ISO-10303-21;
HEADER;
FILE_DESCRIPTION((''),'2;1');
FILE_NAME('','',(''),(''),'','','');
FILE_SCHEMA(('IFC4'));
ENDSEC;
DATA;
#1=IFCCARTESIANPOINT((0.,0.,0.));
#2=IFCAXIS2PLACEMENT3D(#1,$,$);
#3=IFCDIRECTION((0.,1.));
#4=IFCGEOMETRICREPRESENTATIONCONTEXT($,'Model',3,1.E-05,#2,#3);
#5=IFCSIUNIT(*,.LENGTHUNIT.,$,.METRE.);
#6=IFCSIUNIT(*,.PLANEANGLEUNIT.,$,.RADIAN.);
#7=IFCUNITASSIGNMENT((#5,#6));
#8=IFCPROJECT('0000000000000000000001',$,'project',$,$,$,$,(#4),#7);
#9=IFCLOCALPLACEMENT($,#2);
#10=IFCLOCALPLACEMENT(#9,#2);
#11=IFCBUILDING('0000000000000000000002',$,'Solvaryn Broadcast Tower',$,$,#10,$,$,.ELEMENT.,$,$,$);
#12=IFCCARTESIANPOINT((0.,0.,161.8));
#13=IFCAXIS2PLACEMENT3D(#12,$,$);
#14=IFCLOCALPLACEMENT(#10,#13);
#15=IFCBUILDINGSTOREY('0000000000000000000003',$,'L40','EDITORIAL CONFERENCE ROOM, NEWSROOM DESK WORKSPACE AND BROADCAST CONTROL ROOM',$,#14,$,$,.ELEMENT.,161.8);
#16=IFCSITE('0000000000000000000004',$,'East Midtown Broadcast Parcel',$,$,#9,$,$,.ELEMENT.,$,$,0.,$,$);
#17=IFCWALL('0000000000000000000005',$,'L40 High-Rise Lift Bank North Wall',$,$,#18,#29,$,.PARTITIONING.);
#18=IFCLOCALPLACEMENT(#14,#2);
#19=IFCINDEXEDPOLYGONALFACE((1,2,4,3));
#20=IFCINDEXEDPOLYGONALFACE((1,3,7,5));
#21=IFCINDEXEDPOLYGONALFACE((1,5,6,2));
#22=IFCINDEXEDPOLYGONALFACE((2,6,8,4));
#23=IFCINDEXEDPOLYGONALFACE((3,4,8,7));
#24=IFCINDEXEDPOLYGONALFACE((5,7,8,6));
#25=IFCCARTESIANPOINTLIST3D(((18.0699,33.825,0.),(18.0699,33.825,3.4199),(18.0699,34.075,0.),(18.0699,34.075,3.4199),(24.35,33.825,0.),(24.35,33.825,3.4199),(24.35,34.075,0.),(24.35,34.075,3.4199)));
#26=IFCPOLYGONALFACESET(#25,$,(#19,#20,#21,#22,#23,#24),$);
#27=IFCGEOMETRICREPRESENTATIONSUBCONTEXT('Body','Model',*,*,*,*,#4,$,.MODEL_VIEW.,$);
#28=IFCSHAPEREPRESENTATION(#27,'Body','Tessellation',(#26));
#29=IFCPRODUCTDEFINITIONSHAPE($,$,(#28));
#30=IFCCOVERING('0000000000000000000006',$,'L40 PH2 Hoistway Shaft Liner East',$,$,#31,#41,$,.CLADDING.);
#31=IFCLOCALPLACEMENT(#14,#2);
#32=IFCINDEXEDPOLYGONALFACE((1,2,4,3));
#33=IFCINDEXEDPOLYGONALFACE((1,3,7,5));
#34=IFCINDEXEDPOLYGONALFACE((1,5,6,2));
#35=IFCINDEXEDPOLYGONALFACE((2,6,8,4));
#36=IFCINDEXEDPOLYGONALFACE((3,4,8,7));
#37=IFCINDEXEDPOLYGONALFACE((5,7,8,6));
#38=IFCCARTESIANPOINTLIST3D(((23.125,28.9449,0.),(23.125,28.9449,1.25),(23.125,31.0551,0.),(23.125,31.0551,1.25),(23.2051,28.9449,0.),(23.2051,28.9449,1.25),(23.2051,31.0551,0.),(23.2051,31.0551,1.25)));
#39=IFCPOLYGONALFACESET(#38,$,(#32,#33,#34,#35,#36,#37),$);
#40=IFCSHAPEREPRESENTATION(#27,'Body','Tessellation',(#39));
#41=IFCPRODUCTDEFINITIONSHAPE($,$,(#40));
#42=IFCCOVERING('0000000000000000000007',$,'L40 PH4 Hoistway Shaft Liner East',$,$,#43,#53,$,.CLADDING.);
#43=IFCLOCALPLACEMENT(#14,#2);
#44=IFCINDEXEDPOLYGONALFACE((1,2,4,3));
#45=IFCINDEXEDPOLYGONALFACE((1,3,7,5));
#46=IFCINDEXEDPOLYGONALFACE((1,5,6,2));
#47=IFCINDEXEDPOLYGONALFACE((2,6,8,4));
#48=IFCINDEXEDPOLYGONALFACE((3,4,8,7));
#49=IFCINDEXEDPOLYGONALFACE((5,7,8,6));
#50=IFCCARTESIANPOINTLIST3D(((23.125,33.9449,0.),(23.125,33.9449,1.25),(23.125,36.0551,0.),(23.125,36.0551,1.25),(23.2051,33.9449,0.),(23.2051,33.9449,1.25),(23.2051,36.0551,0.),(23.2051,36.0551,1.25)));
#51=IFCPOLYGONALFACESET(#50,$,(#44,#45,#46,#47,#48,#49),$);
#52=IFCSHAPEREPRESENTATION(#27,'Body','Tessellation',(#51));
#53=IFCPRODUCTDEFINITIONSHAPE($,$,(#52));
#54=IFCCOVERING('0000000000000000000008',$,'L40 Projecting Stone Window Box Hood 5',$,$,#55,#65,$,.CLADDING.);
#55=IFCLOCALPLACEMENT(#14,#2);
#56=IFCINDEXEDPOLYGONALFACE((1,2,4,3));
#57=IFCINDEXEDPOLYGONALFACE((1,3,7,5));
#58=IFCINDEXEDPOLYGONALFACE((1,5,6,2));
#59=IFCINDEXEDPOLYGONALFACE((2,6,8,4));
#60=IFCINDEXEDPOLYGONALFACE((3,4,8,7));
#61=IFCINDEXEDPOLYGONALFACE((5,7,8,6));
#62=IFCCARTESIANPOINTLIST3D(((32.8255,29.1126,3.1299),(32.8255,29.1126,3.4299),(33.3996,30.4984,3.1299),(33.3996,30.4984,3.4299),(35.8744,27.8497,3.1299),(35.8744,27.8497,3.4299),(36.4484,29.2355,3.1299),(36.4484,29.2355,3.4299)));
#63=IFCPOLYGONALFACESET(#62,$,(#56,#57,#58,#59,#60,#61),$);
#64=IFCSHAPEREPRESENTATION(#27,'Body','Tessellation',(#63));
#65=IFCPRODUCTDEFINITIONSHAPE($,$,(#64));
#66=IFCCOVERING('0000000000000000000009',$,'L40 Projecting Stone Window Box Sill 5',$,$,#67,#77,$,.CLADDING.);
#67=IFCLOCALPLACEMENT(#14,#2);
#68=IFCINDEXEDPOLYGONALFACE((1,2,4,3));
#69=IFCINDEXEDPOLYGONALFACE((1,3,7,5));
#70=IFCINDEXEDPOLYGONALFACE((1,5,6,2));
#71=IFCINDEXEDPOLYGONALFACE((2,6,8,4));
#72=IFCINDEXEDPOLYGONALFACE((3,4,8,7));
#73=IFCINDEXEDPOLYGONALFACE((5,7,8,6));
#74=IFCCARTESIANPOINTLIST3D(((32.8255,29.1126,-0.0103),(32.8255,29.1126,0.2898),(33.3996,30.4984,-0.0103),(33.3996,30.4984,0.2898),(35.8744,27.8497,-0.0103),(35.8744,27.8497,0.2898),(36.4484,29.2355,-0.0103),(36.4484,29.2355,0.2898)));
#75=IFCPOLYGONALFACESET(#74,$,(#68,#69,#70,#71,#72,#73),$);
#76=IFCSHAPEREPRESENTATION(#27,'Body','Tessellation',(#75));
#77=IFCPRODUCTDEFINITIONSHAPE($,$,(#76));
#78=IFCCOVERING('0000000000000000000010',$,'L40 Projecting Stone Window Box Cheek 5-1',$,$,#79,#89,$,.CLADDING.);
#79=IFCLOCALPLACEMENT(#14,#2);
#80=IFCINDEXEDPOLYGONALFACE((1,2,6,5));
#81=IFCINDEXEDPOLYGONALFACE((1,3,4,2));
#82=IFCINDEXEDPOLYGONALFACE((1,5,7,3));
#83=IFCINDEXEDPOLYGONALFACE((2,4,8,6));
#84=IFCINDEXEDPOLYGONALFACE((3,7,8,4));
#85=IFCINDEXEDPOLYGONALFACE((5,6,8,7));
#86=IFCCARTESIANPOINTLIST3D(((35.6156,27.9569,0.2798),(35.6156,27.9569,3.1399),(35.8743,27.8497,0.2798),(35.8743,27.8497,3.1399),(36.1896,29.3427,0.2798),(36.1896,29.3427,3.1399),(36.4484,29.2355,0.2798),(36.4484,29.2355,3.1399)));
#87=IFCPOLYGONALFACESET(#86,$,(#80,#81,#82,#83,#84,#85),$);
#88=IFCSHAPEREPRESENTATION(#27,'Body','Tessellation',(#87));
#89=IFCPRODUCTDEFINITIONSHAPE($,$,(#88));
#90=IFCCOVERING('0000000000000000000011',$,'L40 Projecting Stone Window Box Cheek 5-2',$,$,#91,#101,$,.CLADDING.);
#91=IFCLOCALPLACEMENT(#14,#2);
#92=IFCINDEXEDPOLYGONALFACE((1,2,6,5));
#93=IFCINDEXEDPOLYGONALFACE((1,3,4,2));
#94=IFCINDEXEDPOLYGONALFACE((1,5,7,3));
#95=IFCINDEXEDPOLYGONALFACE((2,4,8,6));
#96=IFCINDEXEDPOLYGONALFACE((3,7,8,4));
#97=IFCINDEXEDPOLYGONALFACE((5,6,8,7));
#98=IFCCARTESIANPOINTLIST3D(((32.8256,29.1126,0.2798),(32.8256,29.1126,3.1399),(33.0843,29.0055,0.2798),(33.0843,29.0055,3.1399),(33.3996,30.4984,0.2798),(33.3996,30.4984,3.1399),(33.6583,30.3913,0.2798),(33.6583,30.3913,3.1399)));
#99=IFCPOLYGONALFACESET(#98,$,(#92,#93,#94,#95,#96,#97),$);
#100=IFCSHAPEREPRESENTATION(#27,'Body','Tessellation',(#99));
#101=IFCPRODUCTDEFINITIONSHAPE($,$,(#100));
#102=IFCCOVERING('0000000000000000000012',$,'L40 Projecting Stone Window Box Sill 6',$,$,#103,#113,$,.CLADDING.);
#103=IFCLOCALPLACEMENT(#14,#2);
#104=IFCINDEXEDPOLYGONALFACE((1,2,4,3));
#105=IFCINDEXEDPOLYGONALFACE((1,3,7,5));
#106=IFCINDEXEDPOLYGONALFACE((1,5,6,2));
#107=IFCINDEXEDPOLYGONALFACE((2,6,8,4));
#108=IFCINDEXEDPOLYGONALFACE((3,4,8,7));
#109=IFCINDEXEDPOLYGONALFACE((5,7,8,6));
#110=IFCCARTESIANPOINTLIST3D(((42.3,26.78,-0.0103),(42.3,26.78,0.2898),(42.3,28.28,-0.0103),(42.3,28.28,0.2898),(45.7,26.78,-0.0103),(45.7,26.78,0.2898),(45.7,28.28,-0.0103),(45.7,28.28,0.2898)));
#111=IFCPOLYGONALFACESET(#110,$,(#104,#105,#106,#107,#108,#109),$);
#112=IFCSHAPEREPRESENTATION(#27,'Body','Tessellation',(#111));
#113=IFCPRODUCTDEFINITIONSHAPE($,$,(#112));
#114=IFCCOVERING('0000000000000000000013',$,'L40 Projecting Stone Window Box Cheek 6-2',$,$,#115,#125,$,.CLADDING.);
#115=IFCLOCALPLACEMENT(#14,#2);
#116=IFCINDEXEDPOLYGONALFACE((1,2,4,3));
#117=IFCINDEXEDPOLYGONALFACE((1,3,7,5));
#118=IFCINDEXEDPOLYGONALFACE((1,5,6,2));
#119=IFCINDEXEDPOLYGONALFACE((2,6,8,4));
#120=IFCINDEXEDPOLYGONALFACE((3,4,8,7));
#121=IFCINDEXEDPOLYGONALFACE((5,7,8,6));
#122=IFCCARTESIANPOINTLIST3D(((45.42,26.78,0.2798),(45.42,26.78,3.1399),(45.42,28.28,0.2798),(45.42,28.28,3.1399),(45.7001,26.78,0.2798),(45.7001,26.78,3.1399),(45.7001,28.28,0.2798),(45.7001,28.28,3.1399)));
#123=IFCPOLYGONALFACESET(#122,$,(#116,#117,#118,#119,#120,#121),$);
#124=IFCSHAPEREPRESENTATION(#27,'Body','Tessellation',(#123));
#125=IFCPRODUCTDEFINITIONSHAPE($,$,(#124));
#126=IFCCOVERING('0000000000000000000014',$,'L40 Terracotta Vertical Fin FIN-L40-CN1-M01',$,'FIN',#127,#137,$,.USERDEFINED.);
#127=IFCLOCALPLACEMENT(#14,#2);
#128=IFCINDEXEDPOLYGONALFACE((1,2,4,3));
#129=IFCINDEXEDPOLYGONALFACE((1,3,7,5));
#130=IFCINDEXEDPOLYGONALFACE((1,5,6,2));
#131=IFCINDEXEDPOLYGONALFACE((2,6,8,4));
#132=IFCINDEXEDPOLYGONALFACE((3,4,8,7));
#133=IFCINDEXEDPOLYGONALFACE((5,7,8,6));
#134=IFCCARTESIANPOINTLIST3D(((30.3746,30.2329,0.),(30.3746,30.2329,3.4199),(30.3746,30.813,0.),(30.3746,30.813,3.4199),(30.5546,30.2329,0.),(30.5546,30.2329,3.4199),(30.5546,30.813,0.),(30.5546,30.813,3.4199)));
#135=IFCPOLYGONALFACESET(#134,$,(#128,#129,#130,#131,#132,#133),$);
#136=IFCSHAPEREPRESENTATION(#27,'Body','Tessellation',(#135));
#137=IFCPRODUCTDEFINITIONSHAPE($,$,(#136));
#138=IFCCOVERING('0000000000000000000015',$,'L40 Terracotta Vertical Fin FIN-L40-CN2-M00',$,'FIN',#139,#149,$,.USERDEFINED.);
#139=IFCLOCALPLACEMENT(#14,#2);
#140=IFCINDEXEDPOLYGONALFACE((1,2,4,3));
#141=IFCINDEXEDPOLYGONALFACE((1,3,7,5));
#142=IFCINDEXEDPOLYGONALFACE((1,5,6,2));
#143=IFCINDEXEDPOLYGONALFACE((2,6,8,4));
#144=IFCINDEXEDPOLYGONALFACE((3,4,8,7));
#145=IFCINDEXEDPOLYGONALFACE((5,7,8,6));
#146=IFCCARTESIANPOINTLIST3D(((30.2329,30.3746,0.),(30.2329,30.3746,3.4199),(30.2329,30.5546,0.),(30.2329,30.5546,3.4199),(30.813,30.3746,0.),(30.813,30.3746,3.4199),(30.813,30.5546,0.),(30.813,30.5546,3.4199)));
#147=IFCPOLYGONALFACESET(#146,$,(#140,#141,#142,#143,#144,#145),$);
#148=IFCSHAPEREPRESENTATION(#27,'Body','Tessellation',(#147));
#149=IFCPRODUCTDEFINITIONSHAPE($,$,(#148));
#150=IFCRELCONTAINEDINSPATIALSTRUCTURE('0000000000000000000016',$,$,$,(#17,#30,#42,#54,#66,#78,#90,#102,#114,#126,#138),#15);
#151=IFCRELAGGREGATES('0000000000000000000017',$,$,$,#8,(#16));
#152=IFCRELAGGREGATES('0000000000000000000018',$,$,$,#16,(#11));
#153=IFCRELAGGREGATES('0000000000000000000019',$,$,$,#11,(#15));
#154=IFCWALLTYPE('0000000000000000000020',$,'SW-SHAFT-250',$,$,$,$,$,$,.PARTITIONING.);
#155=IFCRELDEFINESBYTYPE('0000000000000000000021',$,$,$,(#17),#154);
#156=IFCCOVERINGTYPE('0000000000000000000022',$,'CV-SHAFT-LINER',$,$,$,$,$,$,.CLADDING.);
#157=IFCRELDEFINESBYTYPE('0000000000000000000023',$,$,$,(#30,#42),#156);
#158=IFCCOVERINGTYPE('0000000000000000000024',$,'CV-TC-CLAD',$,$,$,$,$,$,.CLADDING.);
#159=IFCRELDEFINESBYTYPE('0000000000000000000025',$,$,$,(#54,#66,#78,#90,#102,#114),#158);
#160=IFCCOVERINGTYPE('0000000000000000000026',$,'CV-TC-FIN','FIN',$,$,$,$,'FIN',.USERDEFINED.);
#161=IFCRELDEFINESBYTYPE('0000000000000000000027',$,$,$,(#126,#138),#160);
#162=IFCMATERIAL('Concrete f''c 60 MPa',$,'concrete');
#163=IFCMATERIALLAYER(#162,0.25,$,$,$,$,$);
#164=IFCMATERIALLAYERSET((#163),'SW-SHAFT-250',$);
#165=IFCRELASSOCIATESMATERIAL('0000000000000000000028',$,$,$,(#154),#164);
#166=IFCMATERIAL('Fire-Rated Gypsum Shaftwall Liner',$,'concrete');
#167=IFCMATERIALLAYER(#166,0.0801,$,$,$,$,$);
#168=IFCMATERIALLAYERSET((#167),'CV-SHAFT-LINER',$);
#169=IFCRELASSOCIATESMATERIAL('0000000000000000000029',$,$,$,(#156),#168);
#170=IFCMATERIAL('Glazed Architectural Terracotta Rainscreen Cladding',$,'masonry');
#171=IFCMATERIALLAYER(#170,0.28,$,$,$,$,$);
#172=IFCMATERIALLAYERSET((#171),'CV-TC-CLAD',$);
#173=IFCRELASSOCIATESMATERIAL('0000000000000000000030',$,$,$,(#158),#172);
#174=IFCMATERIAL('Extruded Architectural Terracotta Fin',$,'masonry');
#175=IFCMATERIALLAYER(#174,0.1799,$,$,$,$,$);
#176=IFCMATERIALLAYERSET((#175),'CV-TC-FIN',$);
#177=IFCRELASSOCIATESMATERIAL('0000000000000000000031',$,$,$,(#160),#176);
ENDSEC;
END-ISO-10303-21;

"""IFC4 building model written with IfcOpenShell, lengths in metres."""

from ifc_helpers import new_model, si_unit, direction, frame, frame_2d, origin, origin_2d, place, context, subcontext, project, spatial, rectangle, extrude, material, layer, layer_set, type_object, element, save


model = new_model("IFC4")

# Units and contexts
model_context = context("Model", 3, precision=1e-05, world=origin(), true_north=direction((0.0, 1.0)))
body_context = subcontext(model_context, "Body", "Model", "MODEL_VIEW")
ifc_project = project(units=[si_unit("LENGTHUNIT", "METRE"), si_unit("PLANEANGLEUNIT", "RADIAN")], contexts=[model_context])

# Site, building, storey
site_placement = place(None, origin())
site = spatial("IfcSite", under=ifc_project, at=site_placement, Name="East Midtown Broadcast Parcel", CompositionType="ELEMENT", RefElevation=0.0)
building_placement = place(site_placement, origin())
building = spatial("IfcBuilding", under=site, at=building_placement, Name="Solvaryn Broadcast Tower", CompositionType="ELEMENT")
storey_placement = place(building_placement, frame((0.0, 0.0, 161.8)))
storey = spatial("IfcBuildingStorey", under=building, at=storey_placement, Name="L40", Description="EDITORIAL CONFERENCE ROOM, NEWSROOM DESK WORKSPACE AND BROADCAST CONTROL ROOM", CompositionType="ELEMENT", Elevation=161.8)

# Wall
ifc_material_1 = material(Name="Concrete f'c 60 MPa", Category="concrete")
ifc_layer_1 = layer(ifc_material_1, 0.25)
ifc_layer_set_1 = layer_set([ifc_layer_1], Name="SW-SHAFT-250")
wall_type_1 = type_object("IfcWallType", Name="SW-SHAFT-250", PredefinedType="PARTITIONING", material=ifc_layer_set_1)
wall_1_placement = place(storey_placement, frame((24.3501, 33.95, 0.0), z_axis=(0.0, 0.0, 1.0), x_axis=(-1.0, 0.0, 0.0)))
element("IfcWall", 1, at=wall_1_placement, inside=storey, type_object=wall_type_1, Name="L40 High-Rise Lift Bank North Wall", PredefinedType="PARTITIONING", context=body_context, shape_type="SweptSolid", body=[
    extrude(rectangle(XDim=6.28, YDim=0.25, at=frame_2d((3.1401, 0.0))), origin(), (0.0, 0.0, 1.0), 3.4199),
])

# Coverings
ifc_material_2 = material(Name="Fire-Rated Gypsum Shaftwall Liner", Category="concrete")
ifc_layer_2 = layer(ifc_material_2, 0.0801)
ifc_layer_set_2 = layer_set([ifc_layer_2], Name="CV-SHAFT-LINER")
covering_type_1 = type_object("IfcCoveringType", Name="CV-SHAFT-LINER", PredefinedType="CLADDING", material=ifc_layer_set_2)
for number, where, z_axis, x_axis, name in (
    (2, (23.165, 30.0, 0.0), (0.0, 0.0, 1.0), (1.0, 0.0, 0.0), "L40 PH2 Hoistway Shaft Liner East"),
    (3, (23.165, 35.0, 0.0), (0.0, 0.0, 1.0), (1.0, 0.0, 0.0), "L40 PH4 Hoistway Shaft Liner East"),
):
    element("IfcCovering", number, at=place(storey_placement, frame(where, z_axis=z_axis, x_axis=x_axis)), inside=storey, type_object=covering_type_1, Name=name, PredefinedType="CLADDING", context=body_context, shape_type="SweptSolid", body=[
        extrude(rectangle(XDim=0.0801, YDim=2.1101, at=origin_2d()), origin(), (0.0, 0.0, 1.0), 1.25),
    ])
ifc_material_3 = material(Name="Glazed Architectural Terracotta Rainscreen Cladding", Category="masonry")
ifc_layer_3 = layer(ifc_material_3, 0.28)
ifc_layer_set_3 = layer_set([ifc_layer_3], Name="CV-TC-CLAD")
covering_type_2 = type_object("IfcCoveringType", Name="CV-TC-CLAD", PredefinedType="CLADDING", material=ifc_layer_set_3)
for number, where, z_axis, x_axis, name in (
    (4, (34.637, 29.1741, 3.1299), (0.0, 0.0, 1.0), (-0.92388, 0.382683, 0.0), "L40 Projecting Stone Window Box Hood 5"),
    (5, (34.637, 29.1741, -0.0103), (0.0, 0.0, 1.0), (-0.92388, 0.382683, 0.0), "L40 Projecting Stone Window Box Sill 5"),
):
    element("IfcCovering", number, at=place(storey_placement, frame(where, z_axis=z_axis, x_axis=x_axis)), inside=storey, type_object=covering_type_2, Name=name, PredefinedType="CLADDING", context=body_context, shape_type="SweptSolid", body=[
        extrude(rectangle(XDim=3.3, YDim=1.5, at=origin_2d()), origin(), (0.0, 0.0, 1.0), 0.3),
    ])
for number, where, z_axis, x_axis, name in (
    (6, (36.032, 28.5962, 0.2798), (0.0, 0.0, 1.0), (-0.92388, 0.382683, 0.0), "L40 Projecting Stone Window Box Cheek 5-1"),
    (7, (33.2419, 29.752, 0.2798), (0.0, 0.0, 1.0), (-0.92388, 0.382683, 0.0), "L40 Projecting Stone Window Box Cheek 5-2"),
):
    element("IfcCovering", number, at=place(storey_placement, frame(where, z_axis=z_axis, x_axis=x_axis)), inside=storey, type_object=covering_type_2, Name=name, PredefinedType="CLADDING", context=body_context, shape_type="SweptSolid", body=[
        extrude(rectangle(XDim=0.28, YDim=1.5, at=origin_2d()), origin(), (0.0, 0.0, 1.0), 2.8601),
    ])
covering_1_placement = place(storey_placement, frame((44.0, 27.53, -0.0103), z_axis=(0.0, 0.0, 1.0), x_axis=(1.0, 0.0, 0.0)))
element("IfcCovering", 8, at=covering_1_placement, inside=storey, type_object=covering_type_2, Name="L40 Projecting Stone Window Box Sill 6", PredefinedType="CLADDING", context=body_context, shape_type="SweptSolid", body=[
    extrude(rectangle(XDim=3.3999, YDim=1.5, at=origin_2d()), origin(), (0.0, 0.0, 1.0), 0.3),
])
covering_2_placement = place(storey_placement, frame((45.5601, 27.53, 0.2798), z_axis=(0.0, 0.0, 1.0), x_axis=(1.0, 0.0, 0.0)))
element("IfcCovering", 9, at=covering_2_placement, inside=storey, type_object=covering_type_2, Name="L40 Projecting Stone Window Box Cheek 6-2", PredefinedType="CLADDING", context=body_context, shape_type="SweptSolid", body=[
    extrude(rectangle(XDim=0.28, YDim=1.5, at=origin_2d()), origin(), (0.0, 0.0, 1.0), 2.8601),
])
ifc_material_4 = material(Name="Extruded Architectural Terracotta Fin", Category="masonry")
ifc_layer_4 = layer(ifc_material_4, 0.1799)
ifc_layer_set_4 = layer_set([ifc_layer_4], Name="CV-TC-FIN")
covering_type_3 = type_object("IfcCoveringType", Name="CV-TC-FIN", Description="FIN", ElementType="FIN", PredefinedType="USERDEFINED", material=ifc_layer_set_4)
covering_3_placement = place(storey_placement, frame((30.4646, 30.5229, 0.0), z_axis=(0.0, 0.0, 1.0), x_axis=(1.0, 0.0, 0.0)))
element("IfcCovering", 10, at=covering_3_placement, inside=storey, type_object=covering_type_3, Name="L40 Terracotta Vertical Fin FIN-L40-CN1-M01", ObjectType="FIN", PredefinedType="USERDEFINED", context=body_context, shape_type="SweptSolid", body=[
    extrude(rectangle(XDim=0.1799, YDim=0.5801, at=origin_2d()), origin(), (0.0, 0.0, 1.0), 3.4199),
])
covering_4_placement = place(storey_placement, frame((30.5229, 30.4646, 0.0), z_axis=(0.0, 0.0, 1.0), x_axis=(1.0, 0.0, 0.0)))
element("IfcCovering", 11, at=covering_4_placement, inside=storey, type_object=covering_type_3, Name="L40 Terracotta Vertical Fin FIN-L40-CN2-M00", ObjectType="FIN", PredefinedType="USERDEFINED", context=body_context, shape_type="SweptSolid", body=[
    extrude(rectangle(XDim=0.5801, YDim=0.1799, at=origin_2d()), origin(), (0.0, 0.0, 1.0), 3.4199),
])

save(model, "model.ifc")
